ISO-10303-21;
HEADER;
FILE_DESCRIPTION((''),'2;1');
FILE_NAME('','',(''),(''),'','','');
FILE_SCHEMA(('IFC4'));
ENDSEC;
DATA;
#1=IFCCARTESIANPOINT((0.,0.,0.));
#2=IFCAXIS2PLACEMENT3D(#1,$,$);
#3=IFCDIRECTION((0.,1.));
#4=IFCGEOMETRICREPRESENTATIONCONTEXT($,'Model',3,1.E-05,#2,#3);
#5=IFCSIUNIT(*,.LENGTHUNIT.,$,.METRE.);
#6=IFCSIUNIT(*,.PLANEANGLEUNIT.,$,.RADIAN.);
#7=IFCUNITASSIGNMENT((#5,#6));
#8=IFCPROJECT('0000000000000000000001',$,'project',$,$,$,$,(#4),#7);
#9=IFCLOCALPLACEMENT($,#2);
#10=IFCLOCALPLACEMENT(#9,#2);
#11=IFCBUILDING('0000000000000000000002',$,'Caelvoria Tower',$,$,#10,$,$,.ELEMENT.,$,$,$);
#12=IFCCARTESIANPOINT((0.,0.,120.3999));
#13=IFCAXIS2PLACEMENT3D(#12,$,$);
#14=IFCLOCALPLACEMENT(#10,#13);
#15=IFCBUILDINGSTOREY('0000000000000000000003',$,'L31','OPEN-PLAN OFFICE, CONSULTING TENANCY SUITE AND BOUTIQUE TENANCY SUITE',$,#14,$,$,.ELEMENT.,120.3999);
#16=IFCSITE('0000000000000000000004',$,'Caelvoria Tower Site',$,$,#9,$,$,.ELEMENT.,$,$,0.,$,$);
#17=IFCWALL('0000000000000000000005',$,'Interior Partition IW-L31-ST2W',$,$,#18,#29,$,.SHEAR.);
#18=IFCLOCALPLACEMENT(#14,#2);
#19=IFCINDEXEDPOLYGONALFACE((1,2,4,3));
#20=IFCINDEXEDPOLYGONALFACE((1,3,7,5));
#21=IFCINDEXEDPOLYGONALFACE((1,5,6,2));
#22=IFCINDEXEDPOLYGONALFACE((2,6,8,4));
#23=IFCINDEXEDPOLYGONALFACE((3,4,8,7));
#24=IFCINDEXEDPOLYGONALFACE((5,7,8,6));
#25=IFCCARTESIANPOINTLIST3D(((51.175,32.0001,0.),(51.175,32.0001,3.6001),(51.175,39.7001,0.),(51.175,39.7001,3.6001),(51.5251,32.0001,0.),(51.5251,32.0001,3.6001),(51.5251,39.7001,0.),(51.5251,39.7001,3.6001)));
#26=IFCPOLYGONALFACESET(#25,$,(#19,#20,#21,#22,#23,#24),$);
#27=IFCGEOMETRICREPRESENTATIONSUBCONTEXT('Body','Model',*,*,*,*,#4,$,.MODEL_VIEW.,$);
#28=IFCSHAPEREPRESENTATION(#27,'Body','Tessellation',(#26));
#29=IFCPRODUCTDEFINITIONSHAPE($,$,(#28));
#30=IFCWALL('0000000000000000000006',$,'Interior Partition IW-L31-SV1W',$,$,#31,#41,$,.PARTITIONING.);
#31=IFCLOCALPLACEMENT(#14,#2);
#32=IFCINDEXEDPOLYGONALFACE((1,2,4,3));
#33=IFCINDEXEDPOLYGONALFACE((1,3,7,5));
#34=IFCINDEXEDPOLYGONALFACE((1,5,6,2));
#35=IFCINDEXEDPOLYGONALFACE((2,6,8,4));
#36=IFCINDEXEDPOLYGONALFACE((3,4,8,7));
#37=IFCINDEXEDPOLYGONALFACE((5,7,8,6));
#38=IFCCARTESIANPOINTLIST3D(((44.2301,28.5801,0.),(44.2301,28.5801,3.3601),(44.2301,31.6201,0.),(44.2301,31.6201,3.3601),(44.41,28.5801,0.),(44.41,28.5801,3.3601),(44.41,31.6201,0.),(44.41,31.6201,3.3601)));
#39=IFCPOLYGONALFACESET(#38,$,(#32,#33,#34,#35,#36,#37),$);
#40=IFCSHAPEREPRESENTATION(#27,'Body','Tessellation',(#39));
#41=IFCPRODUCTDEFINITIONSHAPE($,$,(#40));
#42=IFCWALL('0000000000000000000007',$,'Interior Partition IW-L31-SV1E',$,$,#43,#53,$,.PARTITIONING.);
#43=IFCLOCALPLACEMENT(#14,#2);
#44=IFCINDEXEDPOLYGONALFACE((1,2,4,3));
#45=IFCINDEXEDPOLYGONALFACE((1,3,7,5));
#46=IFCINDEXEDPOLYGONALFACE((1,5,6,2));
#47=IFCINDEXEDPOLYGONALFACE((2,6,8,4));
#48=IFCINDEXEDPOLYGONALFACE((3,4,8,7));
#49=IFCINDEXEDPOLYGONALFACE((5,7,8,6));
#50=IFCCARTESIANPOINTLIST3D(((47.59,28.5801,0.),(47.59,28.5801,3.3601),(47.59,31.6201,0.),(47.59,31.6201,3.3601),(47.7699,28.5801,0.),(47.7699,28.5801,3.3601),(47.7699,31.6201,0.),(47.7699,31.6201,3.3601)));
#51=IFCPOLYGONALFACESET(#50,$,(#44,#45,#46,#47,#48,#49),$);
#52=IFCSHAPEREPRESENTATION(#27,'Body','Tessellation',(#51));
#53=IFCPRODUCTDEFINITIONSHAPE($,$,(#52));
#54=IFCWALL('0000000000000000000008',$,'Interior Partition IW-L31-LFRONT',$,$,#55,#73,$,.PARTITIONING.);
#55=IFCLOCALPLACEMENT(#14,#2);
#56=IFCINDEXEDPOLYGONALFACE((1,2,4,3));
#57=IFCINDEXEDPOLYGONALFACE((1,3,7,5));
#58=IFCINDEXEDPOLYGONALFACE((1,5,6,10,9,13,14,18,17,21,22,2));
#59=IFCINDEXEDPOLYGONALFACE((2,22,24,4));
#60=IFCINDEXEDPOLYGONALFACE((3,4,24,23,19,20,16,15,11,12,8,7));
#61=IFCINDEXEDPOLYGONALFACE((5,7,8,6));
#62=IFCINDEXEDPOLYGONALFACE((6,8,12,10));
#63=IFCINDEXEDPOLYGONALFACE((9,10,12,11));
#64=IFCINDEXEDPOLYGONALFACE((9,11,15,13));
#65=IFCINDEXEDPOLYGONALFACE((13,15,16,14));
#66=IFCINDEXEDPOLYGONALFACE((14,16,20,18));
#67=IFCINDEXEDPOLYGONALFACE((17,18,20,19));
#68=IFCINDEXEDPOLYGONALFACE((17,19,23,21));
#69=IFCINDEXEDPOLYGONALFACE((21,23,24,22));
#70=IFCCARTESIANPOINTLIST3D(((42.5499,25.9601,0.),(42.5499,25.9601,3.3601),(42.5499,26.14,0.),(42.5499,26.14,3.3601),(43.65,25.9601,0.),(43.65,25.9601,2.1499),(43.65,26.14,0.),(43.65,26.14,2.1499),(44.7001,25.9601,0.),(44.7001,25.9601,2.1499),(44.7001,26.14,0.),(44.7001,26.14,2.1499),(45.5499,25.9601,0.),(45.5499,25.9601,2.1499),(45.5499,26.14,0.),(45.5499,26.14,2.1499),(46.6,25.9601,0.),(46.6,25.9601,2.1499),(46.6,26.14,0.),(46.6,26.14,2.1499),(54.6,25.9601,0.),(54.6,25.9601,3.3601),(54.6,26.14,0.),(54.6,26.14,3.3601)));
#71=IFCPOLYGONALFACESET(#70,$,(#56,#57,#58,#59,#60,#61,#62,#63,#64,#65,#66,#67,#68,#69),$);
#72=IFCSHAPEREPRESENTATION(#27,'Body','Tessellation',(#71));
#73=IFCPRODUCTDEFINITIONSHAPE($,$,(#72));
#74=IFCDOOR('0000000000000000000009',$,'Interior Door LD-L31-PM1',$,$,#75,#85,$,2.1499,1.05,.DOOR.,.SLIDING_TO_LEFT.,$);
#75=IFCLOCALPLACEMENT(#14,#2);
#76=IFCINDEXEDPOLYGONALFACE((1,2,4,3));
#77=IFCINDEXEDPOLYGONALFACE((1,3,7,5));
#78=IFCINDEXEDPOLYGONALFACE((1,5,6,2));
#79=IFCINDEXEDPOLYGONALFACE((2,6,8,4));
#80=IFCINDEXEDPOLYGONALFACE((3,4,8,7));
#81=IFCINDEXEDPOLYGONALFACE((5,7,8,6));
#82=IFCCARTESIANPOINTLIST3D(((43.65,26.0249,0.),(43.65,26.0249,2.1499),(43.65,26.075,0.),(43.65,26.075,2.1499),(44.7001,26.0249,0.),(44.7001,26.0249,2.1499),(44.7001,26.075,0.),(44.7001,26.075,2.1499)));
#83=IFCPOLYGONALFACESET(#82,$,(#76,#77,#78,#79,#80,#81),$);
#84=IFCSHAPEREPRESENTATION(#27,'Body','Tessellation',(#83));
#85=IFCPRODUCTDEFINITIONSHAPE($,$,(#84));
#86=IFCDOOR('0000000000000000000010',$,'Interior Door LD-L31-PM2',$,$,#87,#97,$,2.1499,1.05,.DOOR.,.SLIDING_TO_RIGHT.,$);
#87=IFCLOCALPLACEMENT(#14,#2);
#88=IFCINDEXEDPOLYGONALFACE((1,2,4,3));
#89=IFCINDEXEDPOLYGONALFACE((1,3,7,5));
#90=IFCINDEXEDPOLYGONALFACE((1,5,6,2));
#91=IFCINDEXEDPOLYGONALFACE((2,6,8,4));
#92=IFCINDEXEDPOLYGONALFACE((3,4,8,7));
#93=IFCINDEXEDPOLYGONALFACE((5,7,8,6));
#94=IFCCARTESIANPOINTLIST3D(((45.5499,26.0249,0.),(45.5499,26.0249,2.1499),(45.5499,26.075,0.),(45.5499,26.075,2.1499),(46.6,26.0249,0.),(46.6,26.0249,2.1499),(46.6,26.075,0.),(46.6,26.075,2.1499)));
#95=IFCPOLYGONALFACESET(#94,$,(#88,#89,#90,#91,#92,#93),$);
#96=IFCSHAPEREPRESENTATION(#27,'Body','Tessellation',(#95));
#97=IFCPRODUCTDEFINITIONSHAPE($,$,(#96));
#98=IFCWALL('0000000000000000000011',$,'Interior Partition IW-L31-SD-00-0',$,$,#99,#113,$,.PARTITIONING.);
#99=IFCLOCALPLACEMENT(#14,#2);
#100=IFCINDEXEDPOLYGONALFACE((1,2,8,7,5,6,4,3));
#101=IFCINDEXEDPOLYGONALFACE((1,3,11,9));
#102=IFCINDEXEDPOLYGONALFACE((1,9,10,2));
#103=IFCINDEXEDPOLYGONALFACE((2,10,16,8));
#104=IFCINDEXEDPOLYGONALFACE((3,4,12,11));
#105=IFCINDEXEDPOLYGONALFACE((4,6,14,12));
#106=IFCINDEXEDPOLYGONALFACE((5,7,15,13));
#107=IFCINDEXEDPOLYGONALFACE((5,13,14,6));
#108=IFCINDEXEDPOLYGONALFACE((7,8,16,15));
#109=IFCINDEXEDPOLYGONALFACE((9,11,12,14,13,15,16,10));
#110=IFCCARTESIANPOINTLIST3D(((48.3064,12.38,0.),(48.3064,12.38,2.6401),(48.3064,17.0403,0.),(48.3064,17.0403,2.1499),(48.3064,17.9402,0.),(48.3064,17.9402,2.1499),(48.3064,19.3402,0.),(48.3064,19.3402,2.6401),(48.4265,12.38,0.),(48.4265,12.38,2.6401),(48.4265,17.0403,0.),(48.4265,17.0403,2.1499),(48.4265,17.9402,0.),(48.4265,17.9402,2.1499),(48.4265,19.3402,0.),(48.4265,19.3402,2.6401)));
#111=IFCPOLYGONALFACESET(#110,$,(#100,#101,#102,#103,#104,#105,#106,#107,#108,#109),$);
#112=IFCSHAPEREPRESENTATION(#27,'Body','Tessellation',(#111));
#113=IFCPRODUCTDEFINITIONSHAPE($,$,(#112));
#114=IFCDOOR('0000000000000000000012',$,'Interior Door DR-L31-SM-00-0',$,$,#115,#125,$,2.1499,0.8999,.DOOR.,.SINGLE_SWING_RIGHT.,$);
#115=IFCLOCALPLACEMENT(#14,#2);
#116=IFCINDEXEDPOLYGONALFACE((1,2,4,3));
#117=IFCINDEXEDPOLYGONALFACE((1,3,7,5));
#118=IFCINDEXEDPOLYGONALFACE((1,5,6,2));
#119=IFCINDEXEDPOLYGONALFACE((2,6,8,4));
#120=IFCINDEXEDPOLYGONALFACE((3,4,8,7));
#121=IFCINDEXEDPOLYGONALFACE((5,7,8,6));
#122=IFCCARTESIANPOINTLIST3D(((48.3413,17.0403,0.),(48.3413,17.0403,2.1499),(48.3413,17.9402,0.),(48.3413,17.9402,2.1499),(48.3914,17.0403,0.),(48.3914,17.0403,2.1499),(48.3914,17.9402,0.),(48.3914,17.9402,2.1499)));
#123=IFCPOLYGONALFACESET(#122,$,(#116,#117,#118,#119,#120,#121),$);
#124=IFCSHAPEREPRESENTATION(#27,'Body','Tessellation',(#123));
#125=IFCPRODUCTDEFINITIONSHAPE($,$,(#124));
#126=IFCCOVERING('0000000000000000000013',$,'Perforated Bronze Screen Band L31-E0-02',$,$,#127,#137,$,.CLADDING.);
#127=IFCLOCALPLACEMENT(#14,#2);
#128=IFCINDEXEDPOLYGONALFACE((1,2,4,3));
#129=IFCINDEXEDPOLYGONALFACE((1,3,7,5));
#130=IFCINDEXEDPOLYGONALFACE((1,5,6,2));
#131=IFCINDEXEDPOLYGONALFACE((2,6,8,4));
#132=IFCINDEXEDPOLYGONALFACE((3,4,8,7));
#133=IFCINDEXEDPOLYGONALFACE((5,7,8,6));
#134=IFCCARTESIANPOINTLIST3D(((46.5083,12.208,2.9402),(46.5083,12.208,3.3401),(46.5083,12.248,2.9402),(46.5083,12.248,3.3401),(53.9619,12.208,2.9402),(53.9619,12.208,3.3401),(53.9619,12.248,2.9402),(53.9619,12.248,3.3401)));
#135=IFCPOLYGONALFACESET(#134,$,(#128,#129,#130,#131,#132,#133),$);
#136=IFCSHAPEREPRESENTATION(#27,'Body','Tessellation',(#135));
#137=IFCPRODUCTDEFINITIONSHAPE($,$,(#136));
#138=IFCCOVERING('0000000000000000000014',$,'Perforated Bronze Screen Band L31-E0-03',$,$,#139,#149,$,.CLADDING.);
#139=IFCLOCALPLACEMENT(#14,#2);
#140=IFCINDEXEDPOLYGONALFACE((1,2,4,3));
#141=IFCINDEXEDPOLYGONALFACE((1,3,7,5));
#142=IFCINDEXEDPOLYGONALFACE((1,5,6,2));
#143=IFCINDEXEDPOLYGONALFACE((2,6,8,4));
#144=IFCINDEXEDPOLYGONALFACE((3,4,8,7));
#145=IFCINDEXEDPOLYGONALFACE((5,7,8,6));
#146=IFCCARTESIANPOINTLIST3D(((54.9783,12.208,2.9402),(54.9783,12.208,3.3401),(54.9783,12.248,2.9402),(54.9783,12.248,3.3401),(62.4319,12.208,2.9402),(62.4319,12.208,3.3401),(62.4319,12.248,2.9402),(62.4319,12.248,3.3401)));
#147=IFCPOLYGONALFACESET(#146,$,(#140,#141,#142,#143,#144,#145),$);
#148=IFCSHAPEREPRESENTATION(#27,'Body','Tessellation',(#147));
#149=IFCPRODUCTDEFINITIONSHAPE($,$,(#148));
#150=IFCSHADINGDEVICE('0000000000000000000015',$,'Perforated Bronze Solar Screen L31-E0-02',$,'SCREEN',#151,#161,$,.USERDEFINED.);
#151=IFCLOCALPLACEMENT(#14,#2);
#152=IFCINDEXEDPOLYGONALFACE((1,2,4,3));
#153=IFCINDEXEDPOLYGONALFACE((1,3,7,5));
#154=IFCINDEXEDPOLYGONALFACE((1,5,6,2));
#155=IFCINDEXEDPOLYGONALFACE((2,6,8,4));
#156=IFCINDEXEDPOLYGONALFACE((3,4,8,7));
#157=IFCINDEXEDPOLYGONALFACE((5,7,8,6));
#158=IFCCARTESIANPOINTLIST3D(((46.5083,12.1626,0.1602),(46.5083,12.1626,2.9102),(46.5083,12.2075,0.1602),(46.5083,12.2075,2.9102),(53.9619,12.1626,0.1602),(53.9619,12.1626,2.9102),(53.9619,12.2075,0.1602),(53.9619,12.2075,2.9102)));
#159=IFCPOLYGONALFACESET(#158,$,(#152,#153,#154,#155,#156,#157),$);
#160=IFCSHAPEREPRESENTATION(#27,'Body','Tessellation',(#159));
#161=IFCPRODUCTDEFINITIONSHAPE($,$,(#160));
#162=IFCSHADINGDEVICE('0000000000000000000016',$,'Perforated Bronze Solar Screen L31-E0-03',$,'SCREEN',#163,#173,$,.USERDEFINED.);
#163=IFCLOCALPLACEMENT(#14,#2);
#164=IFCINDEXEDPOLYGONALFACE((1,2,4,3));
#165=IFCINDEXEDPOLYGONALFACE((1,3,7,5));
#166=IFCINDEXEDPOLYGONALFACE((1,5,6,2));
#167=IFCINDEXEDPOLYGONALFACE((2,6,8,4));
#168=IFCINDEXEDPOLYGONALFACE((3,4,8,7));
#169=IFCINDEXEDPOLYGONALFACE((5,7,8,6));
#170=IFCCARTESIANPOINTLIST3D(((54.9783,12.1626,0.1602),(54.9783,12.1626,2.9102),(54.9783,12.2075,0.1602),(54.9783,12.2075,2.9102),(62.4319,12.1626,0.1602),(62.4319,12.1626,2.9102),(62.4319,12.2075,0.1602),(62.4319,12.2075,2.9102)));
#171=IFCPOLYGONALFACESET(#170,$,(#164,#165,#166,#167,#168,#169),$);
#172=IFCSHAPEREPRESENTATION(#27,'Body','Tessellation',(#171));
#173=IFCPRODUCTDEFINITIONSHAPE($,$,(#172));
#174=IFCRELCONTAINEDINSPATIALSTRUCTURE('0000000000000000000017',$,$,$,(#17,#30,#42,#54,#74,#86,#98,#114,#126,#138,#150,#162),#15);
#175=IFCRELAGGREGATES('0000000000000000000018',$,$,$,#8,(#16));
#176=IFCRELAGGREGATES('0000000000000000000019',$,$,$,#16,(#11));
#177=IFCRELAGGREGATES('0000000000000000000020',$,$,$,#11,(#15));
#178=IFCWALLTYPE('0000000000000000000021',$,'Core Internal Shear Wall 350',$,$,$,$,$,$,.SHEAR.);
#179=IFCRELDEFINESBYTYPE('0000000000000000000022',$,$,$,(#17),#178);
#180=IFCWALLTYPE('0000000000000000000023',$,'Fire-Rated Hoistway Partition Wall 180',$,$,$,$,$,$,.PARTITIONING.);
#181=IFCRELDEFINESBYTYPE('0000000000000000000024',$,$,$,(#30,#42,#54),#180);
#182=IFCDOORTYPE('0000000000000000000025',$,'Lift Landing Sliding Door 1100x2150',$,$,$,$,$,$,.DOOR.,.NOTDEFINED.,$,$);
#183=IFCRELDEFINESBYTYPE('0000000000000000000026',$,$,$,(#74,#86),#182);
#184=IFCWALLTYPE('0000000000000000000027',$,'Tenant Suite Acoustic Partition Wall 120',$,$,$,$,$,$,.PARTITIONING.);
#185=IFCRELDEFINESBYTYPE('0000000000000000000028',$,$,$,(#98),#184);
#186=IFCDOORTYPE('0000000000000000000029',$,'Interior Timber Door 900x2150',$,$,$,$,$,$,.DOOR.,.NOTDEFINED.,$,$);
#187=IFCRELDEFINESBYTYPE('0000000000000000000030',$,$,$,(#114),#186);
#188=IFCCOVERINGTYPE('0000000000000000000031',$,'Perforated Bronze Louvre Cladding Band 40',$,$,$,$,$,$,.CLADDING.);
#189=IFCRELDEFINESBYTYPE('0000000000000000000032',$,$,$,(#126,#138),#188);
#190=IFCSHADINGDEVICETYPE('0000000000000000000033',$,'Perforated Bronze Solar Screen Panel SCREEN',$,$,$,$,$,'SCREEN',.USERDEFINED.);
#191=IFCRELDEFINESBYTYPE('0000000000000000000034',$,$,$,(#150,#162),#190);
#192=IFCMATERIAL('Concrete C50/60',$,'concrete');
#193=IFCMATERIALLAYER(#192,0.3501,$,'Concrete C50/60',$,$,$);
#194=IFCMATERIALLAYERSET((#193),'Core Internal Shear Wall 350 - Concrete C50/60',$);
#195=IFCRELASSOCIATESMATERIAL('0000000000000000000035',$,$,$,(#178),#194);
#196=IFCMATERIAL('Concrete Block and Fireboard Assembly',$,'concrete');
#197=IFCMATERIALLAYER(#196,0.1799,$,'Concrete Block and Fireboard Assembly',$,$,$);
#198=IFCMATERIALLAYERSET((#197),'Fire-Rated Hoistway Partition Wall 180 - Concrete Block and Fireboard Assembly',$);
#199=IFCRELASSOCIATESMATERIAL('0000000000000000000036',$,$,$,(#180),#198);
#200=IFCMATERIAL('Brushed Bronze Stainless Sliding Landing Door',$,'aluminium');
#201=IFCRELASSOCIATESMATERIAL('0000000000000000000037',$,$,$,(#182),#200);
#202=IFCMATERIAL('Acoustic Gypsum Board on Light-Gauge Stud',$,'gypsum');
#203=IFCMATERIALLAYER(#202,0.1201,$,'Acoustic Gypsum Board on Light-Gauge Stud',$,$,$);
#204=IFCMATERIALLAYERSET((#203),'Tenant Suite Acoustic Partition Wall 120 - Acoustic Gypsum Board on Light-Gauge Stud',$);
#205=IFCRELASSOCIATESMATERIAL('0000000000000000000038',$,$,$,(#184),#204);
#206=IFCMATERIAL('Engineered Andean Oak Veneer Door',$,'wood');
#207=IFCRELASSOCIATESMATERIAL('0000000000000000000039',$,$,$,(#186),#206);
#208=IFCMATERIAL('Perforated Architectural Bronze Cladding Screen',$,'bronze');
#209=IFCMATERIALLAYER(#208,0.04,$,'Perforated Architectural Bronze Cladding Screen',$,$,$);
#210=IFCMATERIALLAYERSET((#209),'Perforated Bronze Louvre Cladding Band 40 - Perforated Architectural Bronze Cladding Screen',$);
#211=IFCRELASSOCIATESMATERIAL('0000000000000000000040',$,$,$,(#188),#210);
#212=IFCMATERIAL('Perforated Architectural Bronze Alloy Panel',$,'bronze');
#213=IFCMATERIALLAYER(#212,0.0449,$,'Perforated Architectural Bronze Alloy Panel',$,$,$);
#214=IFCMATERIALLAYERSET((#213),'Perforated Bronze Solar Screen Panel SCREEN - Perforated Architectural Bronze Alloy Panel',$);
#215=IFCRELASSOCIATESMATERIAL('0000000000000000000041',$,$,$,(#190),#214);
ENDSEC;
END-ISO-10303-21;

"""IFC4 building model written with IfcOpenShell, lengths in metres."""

from ifc_helpers import new_model, si_unit, direction, frame, frame_2d, origin, origin_2d, place, context, subcontext, project, spatial, rectangle, extrude, material, layer, layer_set, type_object, element, fill, save


model = new_model("IFC4")

# Units and contexts
model_context = context("Model", 3, precision=1e-05, world=origin(), true_north=direction((0.0, 1.0)))
body_context = subcontext(model_context, "Body", "Model", "MODEL_VIEW")
ifc_project = project(units=[si_unit("LENGTHUNIT", "METRE"), si_unit("PLANEANGLEUNIT", "RADIAN")], contexts=[model_context])

# Site, building, storey
site_placement = place(None, origin())
site = spatial("IfcSite", under=ifc_project, at=site_placement, Name="Caelvoria Tower Site", CompositionType="ELEMENT", RefElevation=0.0)
building_placement = place(site_placement, origin())
building = spatial("IfcBuilding", under=site, at=building_placement, Name="Caelvoria Tower", CompositionType="ELEMENT")
storey_placement = place(building_placement, frame((0.0, 0.0, 120.3999)))
storey = spatial("IfcBuildingStorey", under=building, at=storey_placement, Name="L31", Description="OPEN-PLAN OFFICE, CONSULTING TENANCY SUITE AND BOUTIQUE TENANCY SUITE", CompositionType="ELEMENT", Elevation=120.3999)

# Wall
ifc_material_1 = material(Name="Concrete C50/60", Category="concrete")
ifc_layer_1 = layer(ifc_material_1, 0.3501, Name="Concrete C50/60")
ifc_layer_set_1 = layer_set([ifc_layer_1], Name="Core Internal Shear Wall 350 - Concrete C50/60")
wall_type_1 = type_object("IfcWallType", Name="Core Internal Shear Wall 350", PredefinedType="SHEAR", material=ifc_layer_set_1)
wall_1_placement = place(storey_placement, frame((51.3501, 32.0, 0.0), z_axis=(0.0, 0.0, 1.0), x_axis=(0.0, 1.0, 0.0)))
element("IfcWall", 1, at=wall_1_placement, inside=storey, type_object=wall_type_1, Name="Interior Partition IW-L31-ST2W", PredefinedType="SHEAR", context=body_context, shape_type="SweptSolid", body=[
    extrude(rectangle(XDim=7.7, YDim=0.3501, at=frame_2d((3.8501, 0.0))), origin(), (0.0, 0.0, 1.0), 3.6001),
])

# Walls
ifc_material_2 = material(Name="Concrete Block and Fireboard Assembly", Category="concrete")
ifc_layer_2 = layer(ifc_material_2, 0.1799, Name="Concrete Block and Fireboard Assembly")
ifc_layer_set_2 = layer_set([ifc_layer_2], Name="Fire-Rated Hoistway Partition Wall 180 - Concrete Block and Fireboard Assembly")
wall_type_2 = type_object("IfcWallType", Name="Fire-Rated Hoistway Partition Wall 180", PredefinedType="PARTITIONING", material=ifc_layer_set_2)
for number, where, z_axis, x_axis, name in (
    (2, (44.3201, 28.5801, 0.0), (0.0, 0.0, 1.0), (0.0, 1.0, 0.0), "Interior Partition IW-L31-SV1W"),
    (3, (47.6799, 28.5801, 0.0), (0.0, 0.0, 1.0), (0.0, 1.0, 0.0), "Interior Partition IW-L31-SV1E"),
):
    element("IfcWall", number, at=place(storey_placement, frame(where, z_axis=z_axis, x_axis=x_axis)), inside=storey, type_object=wall_type_2, Name=name, PredefinedType="PARTITIONING", context=body_context, shape_type="SweptSolid", body=[
        extrude(rectangle(XDim=3.04, YDim=0.1799, at=frame_2d((1.52, 0.0))), origin(), (0.0, 0.0, 1.0), 3.3601),
    ])

# Wall, openings, doors
wall_2_placement = place(storey_placement, frame((42.55, 26.05, 0.0), z_axis=(0.0, 0.0, 1.0), x_axis=(1.0, 0.0, 0.0)))
wall_2 = element("IfcWall", 4, at=wall_2_placement, inside=storey, type_object=wall_type_2, Name="Interior Partition IW-L31-LFRONT", PredefinedType="PARTITIONING", context=body_context, shape_type="SweptSolid", body=[
    extrude(rectangle(XDim=12.05, YDim=0.1799, at=frame_2d((6.0249, 0.0))), origin(), (0.0, 0.0, 1.0), 3.3601),
])
opening_1_placement = place(wall_2_placement, frame((1.1001, 0.0, 0.0)))
opening_1 = element("IfcOpeningElement", 5, at=opening_1_placement, cuts=wall_2, PredefinedType="OPENING", context=body_context, shape_type="SweptSolid", body=[
    extrude(rectangle(XDim=1.05, YDim=2.1499, at=frame_2d((0.5249, 1.075))), frame((0.0, 0.0999, 0.0), z_axis=(0.0, -1.0, 0.0), x_axis=(1.0, 0.0, 0.0)), (0.0, 0.0, 1.0), 0.2),
])
opening_2_placement = place(wall_2_placement, frame((3.0, 0.0, 0.0)))
opening_2 = element("IfcOpeningElement", 6, at=opening_2_placement, cuts=wall_2, PredefinedType="OPENING", context=body_context, shape_type="SweptSolid", body=[
    extrude(rectangle(XDim=1.05, YDim=2.1499, at=frame_2d((0.5249, 1.075))), frame((0.0, 0.0999, 0.0), z_axis=(0.0, -1.0, 0.0), x_axis=(1.0, 0.0, 0.0)), (0.0, 0.0, 1.0), 0.2),
])
ifc_material_3 = material(Name="Brushed Bronze Stainless Sliding Landing Door", Category="aluminium")
door_type_1 = type_object("IfcDoorType", Name="Lift Landing Sliding Door 1100x2150", OperationType="NOTDEFINED", PredefinedType="DOOR", material=ifc_material_3)
door_1_placement = place(opening_1_placement, origin())
door_1 = element("IfcDoor", 7, at=door_1_placement, inside=storey, type_object=door_type_1, Name="Interior Door LD-L31-PM1", OperationType="SLIDING_TO_LEFT", OverallHeight=2.1499, OverallWidth=1.05, PredefinedType="DOOR", context=body_context, shape_type="SweptSolid", body=[
    extrude(rectangle(XDim=1.05, YDim=2.1499, at=frame_2d((0.5249, 1.075))), frame((0.0, 0.0249, 0.0), z_axis=(0.0, -1.0, 0.0), x_axis=(1.0, 0.0, 0.0)), (0.0, 0.0, 1.0), 0.05),
])
fill(opening_1, door_1)
door_2_placement = place(opening_2_placement, origin())
door_2 = element("IfcDoor", 8, at=door_2_placement, inside=storey, type_object=door_type_1, Name="Interior Door LD-L31-PM2", OperationType="SLIDING_TO_RIGHT", OverallHeight=2.1499, OverallWidth=1.05, PredefinedType="DOOR", context=body_context, shape_type="SweptSolid", body=[
    extrude(rectangle(XDim=1.05, YDim=2.1499, at=frame_2d((0.5249, 1.075))), frame((0.0, 0.0249, 0.0), z_axis=(0.0, -1.0, 0.0), x_axis=(1.0, 0.0, 0.0)), (0.0, 0.0, 1.0), 0.05),
])
fill(opening_2, door_2)

# Wall, opening, door
ifc_material_4 = material(Name="Acoustic Gypsum Board on Light-Gauge Stud", Category="gypsum")
ifc_layer_3 = layer(ifc_material_4, 0.1201, Name="Acoustic Gypsum Board on Light-Gauge Stud")
ifc_layer_set_3 = layer_set([ifc_layer_3], Name="Tenant Suite Acoustic Partition Wall 120 - Acoustic Gypsum Board on Light-Gauge Stud")
wall_type_3 = type_object("IfcWallType", Name="Tenant Suite Acoustic Partition Wall 120", PredefinedType="PARTITIONING", material=ifc_layer_set_3)
wall_3_placement = place(storey_placement, frame((48.3665, 19.3401, 0.0), z_axis=(0.0, 0.0, 1.0), x_axis=(0.0, -1.0, 0.0)))
wall_3 = element("IfcWall", 9, at=wall_3_placement, inside=storey, type_object=wall_type_3, Name="Interior Partition IW-L31-SD-00-0", PredefinedType="PARTITIONING", context=body_context, shape_type="SweptSolid", body=[
    extrude(rectangle(XDim=6.9602, YDim=0.1201, at=frame_2d((3.48, 0.0))), origin(), (0.0, 0.0, 1.0), 2.6401),
])
opening_3_placement = place(wall_3_placement, frame((1.3999, 0.0, 0.0)))
opening_3 = element("IfcOpeningElement", 10, at=opening_3_placement, cuts=wall_3, PredefinedType="OPENING", context=body_context, shape_type="SweptSolid", body=[
    extrude(rectangle(XDim=0.8999, YDim=2.1499, at=frame_2d((0.45, 1.075))), frame((0.0, 0.0701, 0.0), z_axis=(0.0, -1.0, 0.0), x_axis=(1.0, 0.0, 0.0)), (0.0, 0.0, 1.0), 0.1401),
])
ifc_material_5 = material(Name="Engineered Andean Oak Veneer Door", Category="wood")
door_type_2 = type_object("IfcDoorType", Name="Interior Timber Door 900x2150", OperationType="NOTDEFINED", PredefinedType="DOOR", material=ifc_material_5)
door_3_placement = place(opening_3_placement, origin())
door_3 = element("IfcDoor", 11, at=door_3_placement, inside=storey, type_object=door_type_2, Name="Interior Door DR-L31-SM-00-0", OperationType="SINGLE_SWING_RIGHT", OverallHeight=2.1499, OverallWidth=0.8999, PredefinedType="DOOR", context=body_context, shape_type="SweptSolid", body=[
    extrude(rectangle(XDim=0.8999, YDim=2.1499, at=frame_2d((0.45, 1.075))), frame((0.0, 0.0249, 0.0), z_axis=(0.0, -1.0, 0.0), x_axis=(1.0, 0.0, 0.0)), (0.0, 0.0, 1.0), 0.05),
])
fill(opening_3, door_3)

# Coverings
ifc_material_6 = material(Name="Perforated Architectural Bronze Cladding Screen", Category="bronze")
ifc_layer_4 = layer(ifc_material_6, 0.04, Name="Perforated Architectural Bronze Cladding Screen")
ifc_layer_set_4 = layer_set([ifc_layer_4], Name="Perforated Bronze Louvre Cladding Band 40 - Perforated Architectural Bronze Cladding Screen")
covering_type = type_object("IfcCoveringType", Name="Perforated Bronze Louvre Cladding Band 40", PredefinedType="CLADDING", material=ifc_layer_set_4)
for number, where, z_axis, x_axis, name in (
    (12, (50.2351, 12.228, 2.9402), (0.0, 0.0, 1.0), (1.0, 0.0, 0.0), "Perforated Bronze Screen Band L31-E0-02"),
    (13, (58.7051, 12.228, 2.9402), (0.0, 0.0, 1.0), (1.0, 0.0, 0.0), "Perforated Bronze Screen Band L31-E0-03"),
):
    element("IfcCovering", number, at=place(storey_placement, frame(where, z_axis=z_axis, x_axis=x_axis)), inside=storey, type_object=covering_type, Name=name, PredefinedType="CLADDING", context=body_context, shape_type="SweptSolid", body=[
        extrude(rectangle(XDim=7.4536, YDim=0.04, at=origin_2d()), origin(), (0.0, 0.0, 1.0), 0.3999),
    ])

# Shading devices
ifc_material_7 = material(Name="Perforated Architectural Bronze Alloy Panel", Category="bronze")
ifc_layer_5 = layer(ifc_material_7, 0.0449, Name="Perforated Architectural Bronze Alloy Panel")
ifc_layer_set_5 = layer_set([ifc_layer_5], Name="Perforated Bronze Solar Screen Panel SCREEN - Perforated Architectural Bronze Alloy Panel")
shading_device_type = type_object("IfcShadingDeviceType", Name="Perforated Bronze Solar Screen Panel SCREEN", ElementType="SCREEN", PredefinedType="USERDEFINED", material=ifc_layer_set_5)
for number, where, z_axis, x_axis, name in (
    (14, (50.2351, 12.1851, 0.1602), (0.0, 0.0, 1.0), (1.0, 0.0, 0.0), "Perforated Bronze Solar Screen L31-E0-02"),
    (15, (58.7051, 12.1851, 0.1602), (0.0, 0.0, 1.0), (1.0, 0.0, 0.0), "Perforated Bronze Solar Screen L31-E0-03"),
):
    element("IfcShadingDevice", number, at=place(storey_placement, frame(where, z_axis=z_axis, x_axis=x_axis)), inside=storey, type_object=shading_device_type, Name=name, ObjectType="SCREEN", PredefinedType="USERDEFINED", context=body_context, shape_type="SweptSolid", body=[
        extrude(rectangle(XDim=7.4536, YDim=0.0449, at=origin_2d()), origin(), (0.0, 0.0, 1.0), 2.75),
    ])

save(model, "model.ifc")
